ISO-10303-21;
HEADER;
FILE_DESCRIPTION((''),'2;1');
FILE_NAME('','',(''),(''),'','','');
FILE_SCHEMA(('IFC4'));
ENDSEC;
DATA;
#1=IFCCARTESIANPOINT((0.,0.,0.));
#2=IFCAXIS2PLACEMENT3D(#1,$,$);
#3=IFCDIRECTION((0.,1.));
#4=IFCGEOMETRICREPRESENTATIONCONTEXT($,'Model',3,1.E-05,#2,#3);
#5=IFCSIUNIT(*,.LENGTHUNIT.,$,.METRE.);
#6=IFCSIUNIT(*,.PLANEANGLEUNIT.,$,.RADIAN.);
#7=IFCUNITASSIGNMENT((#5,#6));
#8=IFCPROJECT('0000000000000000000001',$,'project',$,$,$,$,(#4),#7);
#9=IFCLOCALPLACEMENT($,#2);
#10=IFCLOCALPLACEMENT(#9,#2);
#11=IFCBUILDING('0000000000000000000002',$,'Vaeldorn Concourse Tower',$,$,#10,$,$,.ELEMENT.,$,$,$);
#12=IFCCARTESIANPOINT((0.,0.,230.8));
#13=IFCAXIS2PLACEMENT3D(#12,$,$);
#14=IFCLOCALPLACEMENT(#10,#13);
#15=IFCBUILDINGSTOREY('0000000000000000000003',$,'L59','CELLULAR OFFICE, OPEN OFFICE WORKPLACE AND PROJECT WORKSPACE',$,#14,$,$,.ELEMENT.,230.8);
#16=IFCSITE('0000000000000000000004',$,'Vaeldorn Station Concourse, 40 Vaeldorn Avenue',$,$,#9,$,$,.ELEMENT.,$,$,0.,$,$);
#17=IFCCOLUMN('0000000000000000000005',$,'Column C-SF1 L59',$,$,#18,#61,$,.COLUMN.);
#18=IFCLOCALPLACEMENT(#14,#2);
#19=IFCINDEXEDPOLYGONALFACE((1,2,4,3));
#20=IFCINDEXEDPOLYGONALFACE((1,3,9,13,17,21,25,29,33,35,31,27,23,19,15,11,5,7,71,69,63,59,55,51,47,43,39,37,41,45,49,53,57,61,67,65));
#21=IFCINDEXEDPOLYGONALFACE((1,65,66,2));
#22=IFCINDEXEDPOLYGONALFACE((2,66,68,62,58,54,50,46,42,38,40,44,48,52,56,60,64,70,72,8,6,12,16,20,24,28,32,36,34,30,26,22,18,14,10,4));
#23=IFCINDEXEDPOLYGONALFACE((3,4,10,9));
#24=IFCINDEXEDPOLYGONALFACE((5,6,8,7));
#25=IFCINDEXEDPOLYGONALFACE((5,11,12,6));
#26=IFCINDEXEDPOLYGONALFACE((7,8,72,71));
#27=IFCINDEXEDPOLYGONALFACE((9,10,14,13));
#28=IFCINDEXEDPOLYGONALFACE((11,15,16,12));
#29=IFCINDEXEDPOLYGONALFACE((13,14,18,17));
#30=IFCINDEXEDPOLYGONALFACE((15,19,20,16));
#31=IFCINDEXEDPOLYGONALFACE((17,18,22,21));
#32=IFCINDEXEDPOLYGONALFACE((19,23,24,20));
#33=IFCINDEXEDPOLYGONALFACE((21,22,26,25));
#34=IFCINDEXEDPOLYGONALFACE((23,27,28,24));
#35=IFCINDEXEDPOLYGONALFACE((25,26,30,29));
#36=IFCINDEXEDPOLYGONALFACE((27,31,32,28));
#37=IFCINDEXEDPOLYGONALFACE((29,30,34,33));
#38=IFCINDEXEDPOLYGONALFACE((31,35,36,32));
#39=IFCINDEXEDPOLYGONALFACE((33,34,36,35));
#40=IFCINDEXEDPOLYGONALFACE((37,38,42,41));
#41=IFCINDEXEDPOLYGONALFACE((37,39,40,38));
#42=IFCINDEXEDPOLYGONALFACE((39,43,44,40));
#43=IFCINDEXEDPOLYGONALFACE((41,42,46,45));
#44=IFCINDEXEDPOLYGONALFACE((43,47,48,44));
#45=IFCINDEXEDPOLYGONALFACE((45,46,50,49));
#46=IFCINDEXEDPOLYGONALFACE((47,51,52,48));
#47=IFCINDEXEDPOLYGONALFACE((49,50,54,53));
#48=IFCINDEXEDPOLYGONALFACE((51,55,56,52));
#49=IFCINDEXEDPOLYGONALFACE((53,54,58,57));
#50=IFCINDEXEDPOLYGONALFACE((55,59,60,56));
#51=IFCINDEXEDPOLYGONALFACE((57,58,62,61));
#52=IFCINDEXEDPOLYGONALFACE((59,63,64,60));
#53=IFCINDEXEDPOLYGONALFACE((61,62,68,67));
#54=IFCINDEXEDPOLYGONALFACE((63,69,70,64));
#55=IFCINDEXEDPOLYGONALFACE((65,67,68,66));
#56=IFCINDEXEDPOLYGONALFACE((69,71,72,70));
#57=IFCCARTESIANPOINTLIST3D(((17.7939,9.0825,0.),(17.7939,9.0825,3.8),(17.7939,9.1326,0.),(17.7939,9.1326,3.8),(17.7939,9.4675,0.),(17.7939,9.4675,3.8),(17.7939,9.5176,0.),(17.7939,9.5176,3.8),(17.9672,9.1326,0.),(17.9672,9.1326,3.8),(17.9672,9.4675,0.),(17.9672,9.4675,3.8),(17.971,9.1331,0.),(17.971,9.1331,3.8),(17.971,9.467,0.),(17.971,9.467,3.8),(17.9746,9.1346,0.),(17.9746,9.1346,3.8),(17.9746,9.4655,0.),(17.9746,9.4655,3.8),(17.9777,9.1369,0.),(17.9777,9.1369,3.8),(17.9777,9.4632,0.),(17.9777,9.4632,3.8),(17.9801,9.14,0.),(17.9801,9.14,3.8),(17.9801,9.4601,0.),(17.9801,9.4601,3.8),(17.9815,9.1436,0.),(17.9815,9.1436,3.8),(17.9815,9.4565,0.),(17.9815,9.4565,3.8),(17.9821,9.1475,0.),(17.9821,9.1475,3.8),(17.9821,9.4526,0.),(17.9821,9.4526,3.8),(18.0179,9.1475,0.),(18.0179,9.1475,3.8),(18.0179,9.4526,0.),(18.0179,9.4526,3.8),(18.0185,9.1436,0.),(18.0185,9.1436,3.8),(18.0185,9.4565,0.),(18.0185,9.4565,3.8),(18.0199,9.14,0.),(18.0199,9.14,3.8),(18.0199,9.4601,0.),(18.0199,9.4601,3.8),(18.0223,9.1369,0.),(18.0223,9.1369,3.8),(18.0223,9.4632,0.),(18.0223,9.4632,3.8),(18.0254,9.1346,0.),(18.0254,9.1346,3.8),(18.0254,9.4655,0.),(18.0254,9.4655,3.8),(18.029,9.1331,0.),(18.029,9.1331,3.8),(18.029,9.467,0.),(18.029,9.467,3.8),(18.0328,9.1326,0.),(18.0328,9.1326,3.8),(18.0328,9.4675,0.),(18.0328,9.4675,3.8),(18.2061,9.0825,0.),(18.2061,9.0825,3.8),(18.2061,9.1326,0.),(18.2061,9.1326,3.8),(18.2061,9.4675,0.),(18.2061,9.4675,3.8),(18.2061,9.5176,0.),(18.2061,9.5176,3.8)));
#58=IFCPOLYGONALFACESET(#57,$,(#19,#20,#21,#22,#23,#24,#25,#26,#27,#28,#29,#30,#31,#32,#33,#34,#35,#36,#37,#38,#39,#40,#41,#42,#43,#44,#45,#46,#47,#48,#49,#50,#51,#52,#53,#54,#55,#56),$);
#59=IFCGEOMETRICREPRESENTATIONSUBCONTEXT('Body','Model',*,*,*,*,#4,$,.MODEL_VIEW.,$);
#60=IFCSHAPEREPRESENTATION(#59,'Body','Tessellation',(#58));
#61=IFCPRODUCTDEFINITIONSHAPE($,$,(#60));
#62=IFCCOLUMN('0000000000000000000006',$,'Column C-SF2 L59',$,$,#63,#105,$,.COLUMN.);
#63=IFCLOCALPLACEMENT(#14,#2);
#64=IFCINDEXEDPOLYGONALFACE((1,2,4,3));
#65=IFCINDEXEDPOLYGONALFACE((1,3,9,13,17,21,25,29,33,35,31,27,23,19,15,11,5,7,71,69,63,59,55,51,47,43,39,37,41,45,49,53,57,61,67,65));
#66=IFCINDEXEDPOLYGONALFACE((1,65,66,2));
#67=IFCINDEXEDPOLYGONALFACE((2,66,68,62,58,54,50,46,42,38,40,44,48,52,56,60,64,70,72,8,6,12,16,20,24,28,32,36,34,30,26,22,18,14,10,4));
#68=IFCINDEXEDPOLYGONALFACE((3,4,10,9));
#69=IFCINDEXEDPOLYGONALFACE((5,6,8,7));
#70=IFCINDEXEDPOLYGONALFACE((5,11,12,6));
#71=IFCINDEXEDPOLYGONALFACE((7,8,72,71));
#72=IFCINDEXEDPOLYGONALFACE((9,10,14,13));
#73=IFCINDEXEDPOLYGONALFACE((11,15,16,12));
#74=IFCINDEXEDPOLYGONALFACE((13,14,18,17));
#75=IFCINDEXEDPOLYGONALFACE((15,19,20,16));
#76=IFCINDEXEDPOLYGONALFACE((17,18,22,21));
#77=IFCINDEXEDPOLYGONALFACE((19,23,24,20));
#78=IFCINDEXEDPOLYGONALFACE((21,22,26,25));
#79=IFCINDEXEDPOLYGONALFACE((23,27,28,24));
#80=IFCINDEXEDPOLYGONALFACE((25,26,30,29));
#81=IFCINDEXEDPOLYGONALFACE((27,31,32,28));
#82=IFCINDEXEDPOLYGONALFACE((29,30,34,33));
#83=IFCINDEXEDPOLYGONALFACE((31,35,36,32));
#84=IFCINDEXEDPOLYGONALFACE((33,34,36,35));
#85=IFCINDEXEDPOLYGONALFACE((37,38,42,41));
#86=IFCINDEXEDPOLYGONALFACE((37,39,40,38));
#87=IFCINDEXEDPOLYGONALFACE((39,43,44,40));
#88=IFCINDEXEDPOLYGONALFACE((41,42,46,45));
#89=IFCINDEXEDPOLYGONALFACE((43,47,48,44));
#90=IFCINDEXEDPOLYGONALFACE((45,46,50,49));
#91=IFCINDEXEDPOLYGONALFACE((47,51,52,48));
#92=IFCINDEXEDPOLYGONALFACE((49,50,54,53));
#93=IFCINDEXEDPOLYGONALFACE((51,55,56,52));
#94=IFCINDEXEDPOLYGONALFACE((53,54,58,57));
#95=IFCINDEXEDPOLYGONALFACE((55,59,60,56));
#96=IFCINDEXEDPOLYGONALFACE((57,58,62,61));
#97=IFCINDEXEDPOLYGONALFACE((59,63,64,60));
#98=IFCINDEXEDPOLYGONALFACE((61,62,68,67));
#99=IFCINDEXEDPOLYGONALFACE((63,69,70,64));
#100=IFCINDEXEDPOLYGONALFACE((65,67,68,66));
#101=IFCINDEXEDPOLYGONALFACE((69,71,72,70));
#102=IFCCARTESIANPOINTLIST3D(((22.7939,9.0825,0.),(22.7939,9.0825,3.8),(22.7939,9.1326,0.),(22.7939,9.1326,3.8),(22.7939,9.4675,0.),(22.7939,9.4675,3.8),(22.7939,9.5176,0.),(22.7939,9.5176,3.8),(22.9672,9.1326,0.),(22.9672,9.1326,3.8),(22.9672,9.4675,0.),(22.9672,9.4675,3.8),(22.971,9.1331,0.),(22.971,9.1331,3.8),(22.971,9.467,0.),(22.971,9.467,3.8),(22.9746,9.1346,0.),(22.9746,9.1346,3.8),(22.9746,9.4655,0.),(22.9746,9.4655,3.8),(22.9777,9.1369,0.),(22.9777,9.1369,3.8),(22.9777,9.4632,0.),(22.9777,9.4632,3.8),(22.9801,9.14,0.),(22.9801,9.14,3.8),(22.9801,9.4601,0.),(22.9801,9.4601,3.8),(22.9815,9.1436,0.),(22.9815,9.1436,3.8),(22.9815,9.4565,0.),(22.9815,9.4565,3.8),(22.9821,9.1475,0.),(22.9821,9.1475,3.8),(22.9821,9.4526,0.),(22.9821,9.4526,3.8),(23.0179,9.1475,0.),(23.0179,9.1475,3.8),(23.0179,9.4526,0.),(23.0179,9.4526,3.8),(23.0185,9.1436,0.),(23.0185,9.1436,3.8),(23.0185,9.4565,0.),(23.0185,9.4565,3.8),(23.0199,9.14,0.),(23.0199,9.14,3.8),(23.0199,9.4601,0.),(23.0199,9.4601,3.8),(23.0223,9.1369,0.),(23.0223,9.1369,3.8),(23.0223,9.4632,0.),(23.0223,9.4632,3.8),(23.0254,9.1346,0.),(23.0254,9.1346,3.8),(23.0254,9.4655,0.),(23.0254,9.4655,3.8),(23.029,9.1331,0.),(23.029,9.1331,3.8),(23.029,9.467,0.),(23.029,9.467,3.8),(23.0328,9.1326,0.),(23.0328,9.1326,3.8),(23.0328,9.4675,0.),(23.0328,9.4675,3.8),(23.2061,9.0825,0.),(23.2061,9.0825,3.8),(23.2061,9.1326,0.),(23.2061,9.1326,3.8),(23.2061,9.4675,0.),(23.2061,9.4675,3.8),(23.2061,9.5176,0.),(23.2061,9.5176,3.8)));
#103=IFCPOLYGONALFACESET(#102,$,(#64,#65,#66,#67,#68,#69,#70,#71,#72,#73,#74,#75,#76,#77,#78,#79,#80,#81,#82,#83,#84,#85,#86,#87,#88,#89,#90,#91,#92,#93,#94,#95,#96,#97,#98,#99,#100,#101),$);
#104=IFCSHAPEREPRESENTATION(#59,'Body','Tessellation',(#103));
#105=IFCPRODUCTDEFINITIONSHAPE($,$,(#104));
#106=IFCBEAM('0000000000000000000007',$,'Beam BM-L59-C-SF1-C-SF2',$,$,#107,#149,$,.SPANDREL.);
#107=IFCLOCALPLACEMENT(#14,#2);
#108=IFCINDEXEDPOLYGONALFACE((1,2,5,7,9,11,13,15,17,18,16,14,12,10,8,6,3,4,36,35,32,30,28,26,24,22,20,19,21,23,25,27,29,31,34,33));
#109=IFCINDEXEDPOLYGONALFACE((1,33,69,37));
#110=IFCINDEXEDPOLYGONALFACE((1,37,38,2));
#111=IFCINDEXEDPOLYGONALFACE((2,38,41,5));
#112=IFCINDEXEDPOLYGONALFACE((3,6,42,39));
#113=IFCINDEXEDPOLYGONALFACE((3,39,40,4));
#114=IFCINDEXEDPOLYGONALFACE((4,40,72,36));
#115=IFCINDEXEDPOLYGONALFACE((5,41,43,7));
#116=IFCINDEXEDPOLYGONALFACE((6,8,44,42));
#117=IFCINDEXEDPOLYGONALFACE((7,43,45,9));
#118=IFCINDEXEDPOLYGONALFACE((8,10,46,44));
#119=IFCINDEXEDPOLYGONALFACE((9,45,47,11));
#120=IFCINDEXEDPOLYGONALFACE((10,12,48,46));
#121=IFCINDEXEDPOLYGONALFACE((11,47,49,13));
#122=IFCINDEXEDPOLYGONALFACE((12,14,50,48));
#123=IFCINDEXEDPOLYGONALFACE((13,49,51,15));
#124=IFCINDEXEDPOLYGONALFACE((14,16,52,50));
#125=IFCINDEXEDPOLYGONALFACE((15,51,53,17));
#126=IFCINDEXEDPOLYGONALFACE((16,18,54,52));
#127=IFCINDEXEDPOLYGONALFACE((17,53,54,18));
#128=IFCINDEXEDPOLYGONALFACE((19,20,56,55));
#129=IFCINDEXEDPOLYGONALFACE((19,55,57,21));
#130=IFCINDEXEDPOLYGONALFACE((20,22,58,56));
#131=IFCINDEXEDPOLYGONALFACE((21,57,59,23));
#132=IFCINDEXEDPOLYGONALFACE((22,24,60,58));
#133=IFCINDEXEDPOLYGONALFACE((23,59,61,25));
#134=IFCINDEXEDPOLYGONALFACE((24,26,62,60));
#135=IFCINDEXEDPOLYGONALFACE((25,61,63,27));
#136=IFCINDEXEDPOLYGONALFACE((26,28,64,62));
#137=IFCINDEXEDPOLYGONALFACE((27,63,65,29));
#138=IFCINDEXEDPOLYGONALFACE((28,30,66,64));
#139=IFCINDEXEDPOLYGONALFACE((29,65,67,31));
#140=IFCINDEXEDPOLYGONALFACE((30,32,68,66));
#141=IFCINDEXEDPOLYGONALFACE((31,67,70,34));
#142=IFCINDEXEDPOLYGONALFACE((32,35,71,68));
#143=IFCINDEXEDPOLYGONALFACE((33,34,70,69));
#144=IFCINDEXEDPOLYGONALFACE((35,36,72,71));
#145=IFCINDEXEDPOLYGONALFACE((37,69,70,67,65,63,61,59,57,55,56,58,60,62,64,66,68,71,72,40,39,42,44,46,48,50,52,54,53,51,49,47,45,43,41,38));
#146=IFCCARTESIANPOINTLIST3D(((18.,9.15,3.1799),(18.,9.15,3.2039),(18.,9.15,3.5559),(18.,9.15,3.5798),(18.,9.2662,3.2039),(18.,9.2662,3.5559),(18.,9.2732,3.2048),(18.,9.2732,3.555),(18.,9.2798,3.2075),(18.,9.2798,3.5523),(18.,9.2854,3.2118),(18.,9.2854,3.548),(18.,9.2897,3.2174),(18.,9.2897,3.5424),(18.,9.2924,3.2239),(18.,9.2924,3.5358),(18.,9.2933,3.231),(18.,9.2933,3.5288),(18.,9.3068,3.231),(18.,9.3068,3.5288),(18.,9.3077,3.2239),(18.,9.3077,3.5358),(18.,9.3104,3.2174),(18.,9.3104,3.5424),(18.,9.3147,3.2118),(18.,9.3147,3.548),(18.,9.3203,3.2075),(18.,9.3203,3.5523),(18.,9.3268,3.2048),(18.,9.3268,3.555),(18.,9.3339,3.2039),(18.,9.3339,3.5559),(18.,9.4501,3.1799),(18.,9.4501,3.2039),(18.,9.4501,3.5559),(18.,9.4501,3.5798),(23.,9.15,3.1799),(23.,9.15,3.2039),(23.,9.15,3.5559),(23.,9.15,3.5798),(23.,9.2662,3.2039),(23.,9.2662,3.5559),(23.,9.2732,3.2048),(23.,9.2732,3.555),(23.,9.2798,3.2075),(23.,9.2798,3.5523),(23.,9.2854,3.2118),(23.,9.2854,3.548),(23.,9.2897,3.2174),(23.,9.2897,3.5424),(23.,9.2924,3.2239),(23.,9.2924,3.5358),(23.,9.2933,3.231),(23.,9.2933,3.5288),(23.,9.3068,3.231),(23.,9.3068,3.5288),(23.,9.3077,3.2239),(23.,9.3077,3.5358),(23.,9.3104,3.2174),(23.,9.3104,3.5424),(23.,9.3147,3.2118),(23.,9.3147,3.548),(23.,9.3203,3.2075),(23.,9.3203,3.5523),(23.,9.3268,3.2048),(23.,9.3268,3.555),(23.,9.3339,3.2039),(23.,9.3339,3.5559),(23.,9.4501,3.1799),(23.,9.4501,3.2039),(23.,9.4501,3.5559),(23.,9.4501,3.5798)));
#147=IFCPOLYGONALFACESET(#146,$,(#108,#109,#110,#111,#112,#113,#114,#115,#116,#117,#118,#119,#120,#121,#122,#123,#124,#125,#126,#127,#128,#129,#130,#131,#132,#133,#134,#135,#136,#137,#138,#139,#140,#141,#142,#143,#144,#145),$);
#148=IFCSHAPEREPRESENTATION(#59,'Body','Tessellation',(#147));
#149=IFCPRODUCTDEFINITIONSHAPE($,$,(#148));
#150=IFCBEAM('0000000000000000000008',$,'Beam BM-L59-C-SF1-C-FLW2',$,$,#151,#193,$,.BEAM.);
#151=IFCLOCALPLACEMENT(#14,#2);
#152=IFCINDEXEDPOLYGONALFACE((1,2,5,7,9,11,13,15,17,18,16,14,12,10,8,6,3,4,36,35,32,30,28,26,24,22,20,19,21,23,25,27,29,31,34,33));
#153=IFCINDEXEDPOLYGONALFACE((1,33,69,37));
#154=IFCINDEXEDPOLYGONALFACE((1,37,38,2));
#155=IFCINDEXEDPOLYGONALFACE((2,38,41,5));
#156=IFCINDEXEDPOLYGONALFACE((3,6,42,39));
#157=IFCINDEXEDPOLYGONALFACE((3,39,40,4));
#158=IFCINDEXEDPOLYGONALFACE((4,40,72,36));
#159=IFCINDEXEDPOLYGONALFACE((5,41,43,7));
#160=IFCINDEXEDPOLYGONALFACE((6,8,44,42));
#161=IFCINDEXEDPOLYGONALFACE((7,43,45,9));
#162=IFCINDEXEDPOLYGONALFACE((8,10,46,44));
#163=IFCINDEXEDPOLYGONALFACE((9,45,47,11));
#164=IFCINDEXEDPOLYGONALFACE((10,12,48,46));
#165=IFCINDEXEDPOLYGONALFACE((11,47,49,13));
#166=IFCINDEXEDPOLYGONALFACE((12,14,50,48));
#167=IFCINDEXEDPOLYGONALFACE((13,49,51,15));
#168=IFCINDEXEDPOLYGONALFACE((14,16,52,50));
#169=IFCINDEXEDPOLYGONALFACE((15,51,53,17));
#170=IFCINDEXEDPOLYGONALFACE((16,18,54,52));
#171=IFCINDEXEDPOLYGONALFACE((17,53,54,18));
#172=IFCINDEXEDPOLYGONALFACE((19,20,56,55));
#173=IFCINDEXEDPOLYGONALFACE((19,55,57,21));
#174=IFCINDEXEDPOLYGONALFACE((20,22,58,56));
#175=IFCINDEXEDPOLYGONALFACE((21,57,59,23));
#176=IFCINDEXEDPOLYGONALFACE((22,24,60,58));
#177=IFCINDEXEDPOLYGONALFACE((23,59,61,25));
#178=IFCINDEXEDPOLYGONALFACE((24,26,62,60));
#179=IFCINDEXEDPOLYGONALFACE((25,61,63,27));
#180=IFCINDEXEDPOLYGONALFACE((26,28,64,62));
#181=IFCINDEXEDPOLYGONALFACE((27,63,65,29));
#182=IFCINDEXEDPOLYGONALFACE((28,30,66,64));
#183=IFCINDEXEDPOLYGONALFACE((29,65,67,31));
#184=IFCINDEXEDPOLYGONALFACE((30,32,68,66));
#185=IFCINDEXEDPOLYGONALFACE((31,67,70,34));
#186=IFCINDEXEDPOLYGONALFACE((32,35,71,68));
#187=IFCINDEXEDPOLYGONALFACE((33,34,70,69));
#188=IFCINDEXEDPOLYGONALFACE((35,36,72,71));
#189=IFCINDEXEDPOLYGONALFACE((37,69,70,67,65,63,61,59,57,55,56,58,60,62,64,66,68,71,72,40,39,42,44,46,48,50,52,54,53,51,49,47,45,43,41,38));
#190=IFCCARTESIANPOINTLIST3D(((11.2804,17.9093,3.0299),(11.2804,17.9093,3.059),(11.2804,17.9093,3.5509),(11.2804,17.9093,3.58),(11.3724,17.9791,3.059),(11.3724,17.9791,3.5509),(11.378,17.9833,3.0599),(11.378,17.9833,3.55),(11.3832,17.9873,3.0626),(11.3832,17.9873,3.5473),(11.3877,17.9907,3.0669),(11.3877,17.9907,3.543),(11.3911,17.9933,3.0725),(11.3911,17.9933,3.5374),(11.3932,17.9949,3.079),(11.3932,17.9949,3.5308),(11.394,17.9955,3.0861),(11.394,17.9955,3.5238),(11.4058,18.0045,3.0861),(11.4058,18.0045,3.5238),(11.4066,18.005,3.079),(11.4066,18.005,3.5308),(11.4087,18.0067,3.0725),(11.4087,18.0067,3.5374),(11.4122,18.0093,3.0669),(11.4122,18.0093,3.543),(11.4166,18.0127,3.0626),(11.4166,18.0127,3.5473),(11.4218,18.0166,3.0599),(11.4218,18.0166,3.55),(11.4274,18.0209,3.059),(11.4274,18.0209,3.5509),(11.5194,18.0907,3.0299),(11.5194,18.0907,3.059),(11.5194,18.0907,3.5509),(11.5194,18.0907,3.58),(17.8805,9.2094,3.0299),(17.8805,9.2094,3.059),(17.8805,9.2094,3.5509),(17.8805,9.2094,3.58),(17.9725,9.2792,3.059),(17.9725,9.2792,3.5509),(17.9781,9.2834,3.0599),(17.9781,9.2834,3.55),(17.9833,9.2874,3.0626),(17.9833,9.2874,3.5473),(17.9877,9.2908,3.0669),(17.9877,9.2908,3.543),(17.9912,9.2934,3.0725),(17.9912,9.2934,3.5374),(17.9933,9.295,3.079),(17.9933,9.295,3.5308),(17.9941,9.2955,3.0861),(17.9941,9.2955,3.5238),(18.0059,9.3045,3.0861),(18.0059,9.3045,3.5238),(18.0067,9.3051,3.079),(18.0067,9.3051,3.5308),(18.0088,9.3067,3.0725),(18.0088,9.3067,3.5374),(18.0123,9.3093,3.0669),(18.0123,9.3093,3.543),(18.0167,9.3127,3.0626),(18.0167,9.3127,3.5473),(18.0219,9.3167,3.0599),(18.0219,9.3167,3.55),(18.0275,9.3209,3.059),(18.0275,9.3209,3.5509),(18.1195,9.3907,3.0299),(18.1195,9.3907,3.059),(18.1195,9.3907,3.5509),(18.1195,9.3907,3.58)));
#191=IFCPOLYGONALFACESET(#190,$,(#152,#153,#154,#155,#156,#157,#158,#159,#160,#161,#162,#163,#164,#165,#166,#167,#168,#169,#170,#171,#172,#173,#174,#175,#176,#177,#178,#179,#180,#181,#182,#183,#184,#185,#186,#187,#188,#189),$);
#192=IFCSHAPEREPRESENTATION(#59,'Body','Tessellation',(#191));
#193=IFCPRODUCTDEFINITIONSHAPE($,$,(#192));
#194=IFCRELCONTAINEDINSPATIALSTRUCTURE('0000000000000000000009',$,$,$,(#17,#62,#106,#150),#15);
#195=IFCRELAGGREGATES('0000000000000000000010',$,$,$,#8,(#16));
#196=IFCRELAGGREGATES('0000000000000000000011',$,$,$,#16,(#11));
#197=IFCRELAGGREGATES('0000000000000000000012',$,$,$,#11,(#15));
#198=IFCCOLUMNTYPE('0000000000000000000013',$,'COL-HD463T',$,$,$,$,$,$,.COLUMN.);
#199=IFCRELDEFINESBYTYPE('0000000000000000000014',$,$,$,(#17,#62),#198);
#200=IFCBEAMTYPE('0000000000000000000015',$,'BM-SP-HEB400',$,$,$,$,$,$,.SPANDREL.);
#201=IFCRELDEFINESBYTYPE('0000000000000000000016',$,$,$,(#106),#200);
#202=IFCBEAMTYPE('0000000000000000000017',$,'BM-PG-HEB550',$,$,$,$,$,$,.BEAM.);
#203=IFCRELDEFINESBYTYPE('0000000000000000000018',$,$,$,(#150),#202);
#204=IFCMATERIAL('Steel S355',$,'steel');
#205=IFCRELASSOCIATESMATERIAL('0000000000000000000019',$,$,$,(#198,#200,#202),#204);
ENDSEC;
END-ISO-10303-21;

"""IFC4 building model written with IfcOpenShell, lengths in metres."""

from ifc_helpers import new_model, si_unit, direction, frame, origin, origin_2d, place, context, subcontext, project, spatial, i_section, extrude, source, transform, mapped, material, material_profile, profile_set, type_object, element, save


model = new_model("IFC4")

# Units and contexts
model_context = context("Model", 3, precision=1e-05, world=origin(), true_north=direction((0.0, 1.0)))
body_context = subcontext(model_context, "Body", "Model", "MODEL_VIEW")
ifc_project = project(units=[si_unit("LENGTHUNIT", "METRE"), si_unit("PLANEANGLEUNIT", "RADIAN")], contexts=[model_context])

# Site, building, storey
site_placement = place(None, origin())
site = spatial("IfcSite", under=ifc_project, at=site_placement, Name="Vaeldorn Station Concourse, 40 Vaeldorn Avenue", CompositionType="ELEMENT", RefElevation=0.0)
building_placement = place(site_placement, origin())
building = spatial("IfcBuilding", under=site, at=building_placement, Name="Vaeldorn Concourse Tower", CompositionType="ELEMENT")
storey_placement = place(building_placement, frame((0.0, 0.0, 230.8)))
storey = spatial("IfcBuildingStorey", under=building, at=storey_placement, Name="L59", Description="CELLULAR OFFICE, OPEN OFFICE WORKPLACE AND PROJECT WORKSPACE", CompositionType="ELEMENT", Elevation=230.8)

# Columns
ifc_material_1 = material(Name="Steel S355", Category="steel")
ifc_material_profile_1 = material_profile(ifc_material_1, i_section(OverallWidth=0.4121, OverallDepth=0.4351, WebThickness=0.0359, FlangeThickness=0.05, FilletRadius=0.0149, at=origin_2d()), Name="HD 400x463")
ifc_profile_set_1 = profile_set([ifc_material_profile_1], Name="Steel S355")
column_type = type_object("IfcColumnType", Name="COL-HD463T", PredefinedType="COLUMN", material=ifc_profile_set_1)
shared_shape_1 = source(origin(), body_context, "Body", "SweptSolid", [
    extrude(i_section(OverallWidth=0.4121, OverallDepth=0.4351, WebThickness=0.0359, FlangeThickness=0.05, FilletRadius=0.0149, at=origin_2d()), origin(), (0.0, 0.0, 1.0), 3.8),
])
for number, where, z_axis, x_axis, name in (
    (1, (18.0, 9.3, 0.0), (0.0, 0.0, 1.0), (1.0, 0.0, 0.0), "Column C-SF1 L59"),
    (2, (23.0, 9.3, 0.0), (0.0, 0.0, 1.0), (1.0, 0.0, 0.0), "Column C-SF2 L59"),
):
    element("IfcColumn", number, at=place(storey_placement, frame(where, z_axis=z_axis, x_axis=x_axis)), inside=storey, type_object=column_type, Name=name, PredefinedType="COLUMN", context=body_context, shape_type="MappedRepresentation", body=[
        mapped(shared_shape_1, transform((0.0, 0.0, 0.0), scale=1.0)),
    ])

# Beams
ifc_material_profile_2 = material_profile(ifc_material_1, i_section(OverallWidth=0.3, OverallDepth=0.3999, WebThickness=0.0134, FlangeThickness=0.0239, FilletRadius=0.0271, at=origin_2d()), Name="HEB 400")
ifc_profile_set_2 = profile_set([ifc_material_profile_2], Name="Steel S355")
beam_type_1 = type_object("IfcBeamType", Name="BM-SP-HEB400", PredefinedType="SPANDREL", material=ifc_profile_set_2)
shared_shape_2 = source(origin(), body_context, "Body", "SweptSolid", [
    extrude(i_section(OverallWidth=0.3, OverallDepth=0.3999, WebThickness=0.0134, FlangeThickness=0.0239, FilletRadius=0.0271, at=origin_2d()), origin(), (0.0, 0.0, 1.0), 5.0),
])
beam_1_placement = place(storey_placement, frame((18.0, 9.3, 3.3799), z_axis=(1.0, 0.0, 0.0), x_axis=(0.0, 1.0, 0.0)))
element("IfcBeam", 3, at=beam_1_placement, inside=storey, type_object=beam_type_1, Name="Beam BM-L59-C-SF1-C-SF2", PredefinedType="SPANDREL", context=body_context, shape_type="MappedRepresentation", body=[
    mapped(shared_shape_2, transform((0.0, 0.0, 0.0), scale=1.0)),
])
ifc_material_profile_3 = material_profile(ifc_material_1, i_section(OverallWidth=0.3, OverallDepth=0.55, WebThickness=0.0149, FlangeThickness=0.0291, FilletRadius=0.0271, at=origin_2d()), Name="HEB 550")
ifc_profile_set_3 = profile_set([ifc_material_profile_3], Name="Steel S355")
beam_type_2 = type_object("IfcBeamType", Name="BM-PG-HEB550", PredefinedType="BEAM", material=ifc_profile_set_3)
shared_shape_3 = source(origin(), body_context, "Body", "SweptSolid", [
    extrude(i_section(OverallWidth=0.3, OverallDepth=0.55, WebThickness=0.0149, FlangeThickness=0.0291, FilletRadius=0.0271, at=origin_2d()), origin(), (0.0, 0.0, 1.0), 10.9202),
])
beam_2_placement = place(storey_placement, frame((18.0, 9.3, 3.3049), z_axis=(-0.604394, 0.796685, 0.0), x_axis=(-0.796685, -0.604394, 0.0)))
element("IfcBeam", 4, at=beam_2_placement, inside=storey, type_object=beam_type_2, Name="Beam BM-L59-C-SF1-C-FLW2", PredefinedType="BEAM", context=body_context, shape_type="MappedRepresentation", body=[
    mapped(shared_shape_3, transform((0.0, 0.0, 0.0), scale=1.0)),
])

save(model, "model.ifc")
